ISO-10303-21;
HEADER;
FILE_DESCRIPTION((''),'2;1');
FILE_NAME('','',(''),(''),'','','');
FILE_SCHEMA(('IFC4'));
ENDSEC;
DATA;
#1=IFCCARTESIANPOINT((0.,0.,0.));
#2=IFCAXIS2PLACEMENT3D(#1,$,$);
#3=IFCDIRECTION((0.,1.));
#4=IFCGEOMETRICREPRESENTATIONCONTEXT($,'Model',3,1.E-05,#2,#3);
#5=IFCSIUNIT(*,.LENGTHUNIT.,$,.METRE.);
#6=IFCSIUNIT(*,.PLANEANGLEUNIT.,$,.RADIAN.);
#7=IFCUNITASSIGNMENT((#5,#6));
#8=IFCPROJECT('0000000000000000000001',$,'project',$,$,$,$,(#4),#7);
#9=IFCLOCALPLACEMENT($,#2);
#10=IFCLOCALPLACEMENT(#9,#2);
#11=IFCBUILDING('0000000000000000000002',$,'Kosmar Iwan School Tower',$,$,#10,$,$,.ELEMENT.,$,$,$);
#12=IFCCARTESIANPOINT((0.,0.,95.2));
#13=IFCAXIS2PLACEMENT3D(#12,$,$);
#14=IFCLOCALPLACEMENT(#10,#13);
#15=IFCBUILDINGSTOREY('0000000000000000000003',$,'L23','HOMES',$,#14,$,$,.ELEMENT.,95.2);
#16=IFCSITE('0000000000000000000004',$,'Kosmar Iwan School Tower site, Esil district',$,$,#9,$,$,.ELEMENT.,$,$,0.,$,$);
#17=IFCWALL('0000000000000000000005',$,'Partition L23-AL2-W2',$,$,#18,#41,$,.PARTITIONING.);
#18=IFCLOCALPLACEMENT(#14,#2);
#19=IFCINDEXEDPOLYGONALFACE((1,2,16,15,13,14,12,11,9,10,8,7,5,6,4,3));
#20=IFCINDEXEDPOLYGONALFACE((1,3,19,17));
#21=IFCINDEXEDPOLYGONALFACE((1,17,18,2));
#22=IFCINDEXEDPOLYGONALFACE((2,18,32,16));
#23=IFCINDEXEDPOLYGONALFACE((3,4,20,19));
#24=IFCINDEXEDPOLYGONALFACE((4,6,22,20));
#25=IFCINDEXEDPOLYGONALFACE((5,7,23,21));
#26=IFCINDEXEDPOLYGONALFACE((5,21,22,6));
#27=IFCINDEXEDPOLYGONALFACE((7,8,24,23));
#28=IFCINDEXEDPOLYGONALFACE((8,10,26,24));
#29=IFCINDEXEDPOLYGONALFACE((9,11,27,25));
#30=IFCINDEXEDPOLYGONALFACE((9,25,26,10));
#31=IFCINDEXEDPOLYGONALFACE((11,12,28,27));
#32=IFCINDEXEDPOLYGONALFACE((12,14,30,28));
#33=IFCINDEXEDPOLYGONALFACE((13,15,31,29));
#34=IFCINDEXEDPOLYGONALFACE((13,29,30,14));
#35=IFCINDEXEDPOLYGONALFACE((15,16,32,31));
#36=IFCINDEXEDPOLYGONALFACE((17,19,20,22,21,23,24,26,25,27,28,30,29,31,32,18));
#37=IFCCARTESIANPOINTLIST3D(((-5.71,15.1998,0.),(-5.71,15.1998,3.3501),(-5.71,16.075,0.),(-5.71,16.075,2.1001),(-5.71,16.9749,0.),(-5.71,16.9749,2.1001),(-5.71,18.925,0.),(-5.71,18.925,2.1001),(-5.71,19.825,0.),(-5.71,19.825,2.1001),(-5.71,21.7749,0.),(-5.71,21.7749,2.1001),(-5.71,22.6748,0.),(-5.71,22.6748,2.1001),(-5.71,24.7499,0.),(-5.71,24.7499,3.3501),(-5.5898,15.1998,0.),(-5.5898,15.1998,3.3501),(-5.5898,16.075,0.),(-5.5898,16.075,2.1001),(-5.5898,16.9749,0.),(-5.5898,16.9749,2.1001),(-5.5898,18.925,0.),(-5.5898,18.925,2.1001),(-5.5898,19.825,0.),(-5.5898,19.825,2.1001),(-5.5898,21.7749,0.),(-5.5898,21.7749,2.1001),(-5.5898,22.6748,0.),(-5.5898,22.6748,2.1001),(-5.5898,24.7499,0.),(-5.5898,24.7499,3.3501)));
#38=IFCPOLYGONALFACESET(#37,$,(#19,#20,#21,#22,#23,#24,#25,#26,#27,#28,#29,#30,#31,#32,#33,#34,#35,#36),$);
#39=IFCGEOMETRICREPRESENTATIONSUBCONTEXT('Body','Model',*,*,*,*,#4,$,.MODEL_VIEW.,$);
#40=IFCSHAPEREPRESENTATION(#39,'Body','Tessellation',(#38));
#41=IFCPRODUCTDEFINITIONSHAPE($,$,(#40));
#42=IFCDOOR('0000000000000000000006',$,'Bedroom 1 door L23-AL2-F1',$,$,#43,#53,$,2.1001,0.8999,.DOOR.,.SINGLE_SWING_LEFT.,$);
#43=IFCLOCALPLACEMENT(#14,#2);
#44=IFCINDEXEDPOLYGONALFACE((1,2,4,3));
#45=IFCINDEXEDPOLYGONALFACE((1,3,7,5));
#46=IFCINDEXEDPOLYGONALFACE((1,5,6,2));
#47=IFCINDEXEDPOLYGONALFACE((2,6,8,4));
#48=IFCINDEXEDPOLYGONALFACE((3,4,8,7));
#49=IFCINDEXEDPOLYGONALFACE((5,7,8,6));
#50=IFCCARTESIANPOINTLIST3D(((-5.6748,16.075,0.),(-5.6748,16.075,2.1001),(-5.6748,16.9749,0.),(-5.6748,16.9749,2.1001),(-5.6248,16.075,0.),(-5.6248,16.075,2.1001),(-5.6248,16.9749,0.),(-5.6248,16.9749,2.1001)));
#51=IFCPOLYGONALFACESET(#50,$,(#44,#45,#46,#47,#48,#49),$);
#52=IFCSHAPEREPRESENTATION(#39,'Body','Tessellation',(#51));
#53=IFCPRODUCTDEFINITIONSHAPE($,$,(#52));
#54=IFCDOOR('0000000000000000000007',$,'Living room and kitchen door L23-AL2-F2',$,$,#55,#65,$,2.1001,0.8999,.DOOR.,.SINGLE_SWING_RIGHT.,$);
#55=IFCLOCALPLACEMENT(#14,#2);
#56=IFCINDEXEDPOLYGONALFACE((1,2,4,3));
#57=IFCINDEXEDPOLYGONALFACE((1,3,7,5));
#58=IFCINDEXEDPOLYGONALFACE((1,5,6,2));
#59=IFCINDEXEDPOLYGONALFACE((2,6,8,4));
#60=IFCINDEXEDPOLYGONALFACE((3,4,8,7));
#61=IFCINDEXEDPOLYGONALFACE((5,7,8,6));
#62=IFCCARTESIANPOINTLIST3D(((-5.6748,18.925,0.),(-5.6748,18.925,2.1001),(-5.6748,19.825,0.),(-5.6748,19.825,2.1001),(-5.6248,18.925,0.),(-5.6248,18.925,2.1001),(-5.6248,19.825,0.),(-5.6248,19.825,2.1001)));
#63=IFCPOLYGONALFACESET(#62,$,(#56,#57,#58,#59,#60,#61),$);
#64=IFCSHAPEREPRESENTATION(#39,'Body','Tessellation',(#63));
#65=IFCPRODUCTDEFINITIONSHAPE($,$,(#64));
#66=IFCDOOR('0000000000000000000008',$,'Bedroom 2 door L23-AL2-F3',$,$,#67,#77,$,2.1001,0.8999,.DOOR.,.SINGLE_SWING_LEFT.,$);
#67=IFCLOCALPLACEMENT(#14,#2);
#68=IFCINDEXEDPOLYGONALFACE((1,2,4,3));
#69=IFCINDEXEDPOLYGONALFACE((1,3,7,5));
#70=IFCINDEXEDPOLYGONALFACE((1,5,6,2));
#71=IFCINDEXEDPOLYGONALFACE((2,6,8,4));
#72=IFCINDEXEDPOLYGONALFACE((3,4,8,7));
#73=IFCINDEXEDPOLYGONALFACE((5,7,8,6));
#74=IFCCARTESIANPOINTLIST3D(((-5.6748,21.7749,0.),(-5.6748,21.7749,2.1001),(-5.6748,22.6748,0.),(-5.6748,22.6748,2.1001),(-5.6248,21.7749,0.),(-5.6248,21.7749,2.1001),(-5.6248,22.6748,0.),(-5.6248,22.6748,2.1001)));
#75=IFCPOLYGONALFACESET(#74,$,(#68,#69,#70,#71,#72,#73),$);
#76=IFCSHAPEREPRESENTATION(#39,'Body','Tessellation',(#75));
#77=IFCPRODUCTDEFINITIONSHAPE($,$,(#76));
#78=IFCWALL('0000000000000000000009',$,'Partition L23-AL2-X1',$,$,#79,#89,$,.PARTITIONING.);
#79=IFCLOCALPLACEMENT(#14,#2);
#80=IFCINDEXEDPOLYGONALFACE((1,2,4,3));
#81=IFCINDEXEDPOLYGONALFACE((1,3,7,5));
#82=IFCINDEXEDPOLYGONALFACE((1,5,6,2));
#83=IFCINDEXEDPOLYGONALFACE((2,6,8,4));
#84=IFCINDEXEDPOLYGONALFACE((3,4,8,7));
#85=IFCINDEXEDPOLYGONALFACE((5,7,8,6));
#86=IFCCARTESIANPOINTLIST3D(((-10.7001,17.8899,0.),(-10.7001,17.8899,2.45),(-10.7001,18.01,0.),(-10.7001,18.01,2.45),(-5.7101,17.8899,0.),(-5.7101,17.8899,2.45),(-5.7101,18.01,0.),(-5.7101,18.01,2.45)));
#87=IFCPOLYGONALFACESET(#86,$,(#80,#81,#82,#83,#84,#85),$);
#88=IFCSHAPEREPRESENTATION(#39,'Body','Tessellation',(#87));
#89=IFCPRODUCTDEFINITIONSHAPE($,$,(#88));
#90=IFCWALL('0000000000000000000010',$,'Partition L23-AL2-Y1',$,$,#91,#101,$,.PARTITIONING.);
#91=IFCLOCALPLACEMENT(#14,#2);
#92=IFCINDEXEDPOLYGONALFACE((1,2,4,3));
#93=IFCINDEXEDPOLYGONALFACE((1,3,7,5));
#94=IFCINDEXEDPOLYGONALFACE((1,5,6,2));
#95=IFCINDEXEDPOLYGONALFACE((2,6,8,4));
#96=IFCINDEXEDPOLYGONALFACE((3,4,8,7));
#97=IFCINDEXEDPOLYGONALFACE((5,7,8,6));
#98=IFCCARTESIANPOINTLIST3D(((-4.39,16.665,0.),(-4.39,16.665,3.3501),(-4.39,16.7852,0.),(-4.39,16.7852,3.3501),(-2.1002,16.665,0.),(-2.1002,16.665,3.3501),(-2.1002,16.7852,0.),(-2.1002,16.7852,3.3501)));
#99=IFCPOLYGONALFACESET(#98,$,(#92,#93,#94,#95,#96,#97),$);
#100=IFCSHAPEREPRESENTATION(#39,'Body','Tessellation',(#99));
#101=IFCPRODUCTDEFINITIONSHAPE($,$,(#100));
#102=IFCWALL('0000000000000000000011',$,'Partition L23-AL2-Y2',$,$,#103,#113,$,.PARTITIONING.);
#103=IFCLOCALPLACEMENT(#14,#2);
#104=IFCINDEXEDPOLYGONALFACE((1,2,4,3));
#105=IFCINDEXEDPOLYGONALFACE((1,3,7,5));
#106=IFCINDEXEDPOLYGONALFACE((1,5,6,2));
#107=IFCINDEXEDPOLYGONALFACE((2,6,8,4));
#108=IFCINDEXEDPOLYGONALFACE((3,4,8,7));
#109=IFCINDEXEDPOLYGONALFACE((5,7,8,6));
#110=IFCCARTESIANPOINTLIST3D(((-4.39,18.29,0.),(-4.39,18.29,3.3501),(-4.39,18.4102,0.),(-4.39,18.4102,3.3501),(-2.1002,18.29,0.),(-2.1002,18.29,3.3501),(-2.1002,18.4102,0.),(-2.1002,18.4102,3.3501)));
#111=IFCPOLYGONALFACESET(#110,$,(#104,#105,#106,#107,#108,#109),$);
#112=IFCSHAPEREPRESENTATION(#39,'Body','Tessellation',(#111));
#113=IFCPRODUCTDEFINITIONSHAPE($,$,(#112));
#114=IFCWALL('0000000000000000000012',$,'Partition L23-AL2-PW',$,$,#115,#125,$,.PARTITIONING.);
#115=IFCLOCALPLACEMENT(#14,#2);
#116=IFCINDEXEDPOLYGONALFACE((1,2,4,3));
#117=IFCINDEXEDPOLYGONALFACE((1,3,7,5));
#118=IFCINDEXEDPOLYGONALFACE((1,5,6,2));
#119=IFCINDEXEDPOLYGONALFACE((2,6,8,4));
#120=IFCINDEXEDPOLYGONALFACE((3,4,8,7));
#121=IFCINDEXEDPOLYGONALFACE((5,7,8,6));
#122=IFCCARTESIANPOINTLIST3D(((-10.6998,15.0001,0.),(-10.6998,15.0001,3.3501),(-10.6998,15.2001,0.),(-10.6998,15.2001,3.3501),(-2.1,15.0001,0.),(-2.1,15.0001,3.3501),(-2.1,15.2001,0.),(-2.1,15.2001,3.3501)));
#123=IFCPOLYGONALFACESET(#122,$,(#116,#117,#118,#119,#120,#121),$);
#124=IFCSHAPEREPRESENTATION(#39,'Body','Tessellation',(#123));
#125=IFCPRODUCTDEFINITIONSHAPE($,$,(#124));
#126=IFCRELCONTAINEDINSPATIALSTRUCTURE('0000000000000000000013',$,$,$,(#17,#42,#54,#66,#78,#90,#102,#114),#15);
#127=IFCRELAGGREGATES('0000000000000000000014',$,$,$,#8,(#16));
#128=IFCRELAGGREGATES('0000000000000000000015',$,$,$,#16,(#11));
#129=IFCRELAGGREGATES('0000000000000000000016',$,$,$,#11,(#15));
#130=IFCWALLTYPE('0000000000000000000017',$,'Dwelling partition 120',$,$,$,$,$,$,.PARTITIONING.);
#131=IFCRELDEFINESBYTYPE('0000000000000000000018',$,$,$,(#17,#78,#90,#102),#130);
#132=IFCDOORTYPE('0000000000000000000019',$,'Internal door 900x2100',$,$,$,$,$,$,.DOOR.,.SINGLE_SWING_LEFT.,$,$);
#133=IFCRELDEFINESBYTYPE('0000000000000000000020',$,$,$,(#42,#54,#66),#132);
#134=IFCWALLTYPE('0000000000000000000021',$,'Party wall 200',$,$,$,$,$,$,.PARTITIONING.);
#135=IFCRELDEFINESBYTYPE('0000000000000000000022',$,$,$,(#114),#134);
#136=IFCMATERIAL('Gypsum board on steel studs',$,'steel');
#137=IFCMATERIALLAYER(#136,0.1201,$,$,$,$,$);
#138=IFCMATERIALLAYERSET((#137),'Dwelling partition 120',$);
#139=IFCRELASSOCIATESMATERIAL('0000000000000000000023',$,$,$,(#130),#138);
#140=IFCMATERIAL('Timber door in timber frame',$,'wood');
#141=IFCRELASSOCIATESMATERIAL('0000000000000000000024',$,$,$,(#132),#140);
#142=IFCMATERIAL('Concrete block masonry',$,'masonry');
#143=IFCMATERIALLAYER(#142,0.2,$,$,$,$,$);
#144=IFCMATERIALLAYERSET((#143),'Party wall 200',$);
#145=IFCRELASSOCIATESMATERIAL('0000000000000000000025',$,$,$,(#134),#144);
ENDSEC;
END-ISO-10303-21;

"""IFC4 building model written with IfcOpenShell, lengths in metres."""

from ifc_helpers import new_model, si_unit, direction, frame, frame_2d, origin, place, context, subcontext, project, spatial, rectangle, extrude, material, layer, layer_set, type_object, element, fill, save


model = new_model("IFC4")

# Units and contexts
model_context = context("Model", 3, precision=1e-05, world=origin(), true_north=direction((0.0, 1.0)))
body_context = subcontext(model_context, "Body", "Model", "MODEL_VIEW")
ifc_project = project(units=[si_unit("LENGTHUNIT", "METRE"), si_unit("PLANEANGLEUNIT", "RADIAN")], contexts=[model_context])

# Site, building, storey
site_placement = place(None, origin())
site = spatial("IfcSite", under=ifc_project, at=site_placement, Name="Kosmar Iwan School Tower site, Esil district", CompositionType="ELEMENT", RefElevation=0.0)
building_placement = place(site_placement, origin())
building = spatial("IfcBuilding", under=site, at=building_placement, Name="Kosmar Iwan School Tower", CompositionType="ELEMENT")
storey_placement = place(building_placement, frame((0.0, 0.0, 95.2)))
storey = spatial("IfcBuildingStorey", under=building, at=storey_placement, Name="L23", Description="HOMES", CompositionType="ELEMENT", Elevation=95.2)

# Shared definitions
ifc_material_1 = material(Name="Gypsum board on steel studs", Category="steel")
ifc_layer_1 = layer(ifc_material_1, 0.1201)
ifc_layer_set_1 = layer_set([ifc_layer_1], Name="Dwelling partition 120")
wall_type_1 = type_object("IfcWallType", Name="Dwelling partition 120", PredefinedType="PARTITIONING", material=ifc_layer_set_1)

# Wall, openings, doors
ifc_material_2 = material(Name="Timber door in timber frame", Category="wood")
door_type_1 = type_object("IfcDoorType", Name="Internal door 900x2100", OperationType="SINGLE_SWING_LEFT", PredefinedType="DOOR", material=ifc_material_2)
wall_1_placement = place(storey_placement, frame((-5.6499, 15.2, 0.0), z_axis=(0.0, 0.0, 1.0), x_axis=(0.0, 1.0, 0.0)))
wall_1 = element("IfcWall", 1, at=wall_1_placement, inside=storey, type_object=wall_type_1, Name="Partition L23-AL2-W2", PredefinedType="PARTITIONING", context=body_context, shape_type="SweptSolid", body=[
    extrude(rectangle(XDim=9.55, YDim=0.1201, at=frame_2d((4.7749, 0.0))), origin(), (0.0, 0.0, 1.0), 3.3501),
])
opening_1_placement = place(wall_1_placement, frame((0.875, 0.0, 0.0)))
opening_1 = element("IfcOpeningElement", 2, at=opening_1_placement, cuts=wall_1, PredefinedType="OPENING", context=body_context, shape_type="SweptSolid", body=[
    extrude(rectangle(XDim=0.8999, YDim=2.1001, at=frame_2d((0.45, 1.05))), frame((0.0, 0.072, 0.0), z_axis=(0.0, -1.0, 0.0), x_axis=(1.0, 0.0, 0.0)), (0.0, 0.0, 1.0), 0.144),
])
opening_2_placement = place(wall_1_placement, frame((3.7251, 0.0, 0.0)))
opening_2 = element("IfcOpeningElement", 3, at=opening_2_placement, cuts=wall_1, PredefinedType="OPENING", context=body_context, shape_type="SweptSolid", body=[
    extrude(rectangle(XDim=0.8999, YDim=2.1001, at=frame_2d((0.45, 1.05))), frame((0.0, 0.072, 0.0), z_axis=(0.0, -1.0, 0.0), x_axis=(1.0, 0.0, 0.0)), (0.0, 0.0, 1.0), 0.144),
])
opening_3_placement = place(wall_1_placement, frame((6.575, 0.0, 0.0)))
opening_3 = element("IfcOpeningElement", 4, at=opening_3_placement, cuts=wall_1, PredefinedType="OPENING", context=body_context, shape_type="SweptSolid", body=[
    extrude(rectangle(XDim=0.8999, YDim=2.1001, at=frame_2d((0.45, 1.05))), frame((0.0, 0.072, 0.0), z_axis=(0.0, -1.0, 0.0), x_axis=(1.0, 0.0, 0.0)), (0.0, 0.0, 1.0), 0.144),
])
door_1_placement = place(opening_1_placement, origin())
door_1 = element("IfcDoor", 5, at=door_1_placement, inside=storey, type_object=door_type_1, Name="Bedroom 1 door L23-AL2-F1", OperationType="SINGLE_SWING_LEFT", OverallHeight=2.1001, OverallWidth=0.8999, PredefinedType="DOOR", context=body_context, shape_type="SweptSolid", body=[
    extrude(rectangle(XDim=0.8999, YDim=2.1001, at=frame_2d((0.45, 1.05))), frame((0.0, 0.0249, 0.0), z_axis=(0.0, -1.0, 0.0), x_axis=(1.0, 0.0, 0.0)), (0.0, 0.0, 1.0), 0.05),
])
fill(opening_1, door_1)
door_2_placement = place(opening_2_placement, origin())
door_2 = element("IfcDoor", 6, at=door_2_placement, inside=storey, type_object=door_type_1, Name="Living room and kitchen door L23-AL2-F2", OperationType="SINGLE_SWING_RIGHT", OverallHeight=2.1001, OverallWidth=0.8999, PredefinedType="DOOR", context=body_context, shape_type="SweptSolid", body=[
    extrude(rectangle(XDim=0.8999, YDim=2.1001, at=frame_2d((0.45, 1.05))), frame((0.0, 0.0249, 0.0), z_axis=(0.0, -1.0, 0.0), x_axis=(1.0, 0.0, 0.0)), (0.0, 0.0, 1.0), 0.05),
])
fill(opening_2, door_2)
door_3_placement = place(opening_3_placement, origin())
door_3 = element("IfcDoor", 7, at=door_3_placement, inside=storey, type_object=door_type_1, Name="Bedroom 2 door L23-AL2-F3", OperationType="SINGLE_SWING_LEFT", OverallHeight=2.1001, OverallWidth=0.8999, PredefinedType="DOOR", context=body_context, shape_type="SweptSolid", body=[
    extrude(rectangle(XDim=0.8999, YDim=2.1001, at=frame_2d((0.45, 1.05))), frame((0.0, 0.0249, 0.0), z_axis=(0.0, -1.0, 0.0), x_axis=(1.0, 0.0, 0.0)), (0.0, 0.0, 1.0), 0.05),
])
fill(opening_3, door_3)

# Walls
wall_2_placement = place(storey_placement, frame((-5.71, 17.95, 0.0), z_axis=(0.0, 0.0, 1.0), x_axis=(-1.0, 0.0, 0.0)))
element("IfcWall", 8, at=wall_2_placement, inside=storey, type_object=wall_type_1, Name="Partition L23-AL2-X1", PredefinedType="PARTITIONING", context=body_context, shape_type="SweptSolid", body=[
    extrude(rectangle(XDim=4.99, YDim=0.1201, at=frame_2d((2.4951, 0.0))), origin(), (0.0, 0.0, 1.0), 2.45),
])
for number, where, z_axis, x_axis, name in (
    (9, (-2.1001, 16.7251, 0.0), (0.0, 0.0, 1.0), (-1.0, 0.0, 0.0), "Partition L23-AL2-Y1"),
    (10, (-2.1001, 18.3501, 0.0), (0.0, 0.0, 1.0), (-1.0, 0.0, 0.0), "Partition L23-AL2-Y2"),
):
    element("IfcWall", number, at=place(storey_placement, frame(where, z_axis=z_axis, x_axis=x_axis)), inside=storey, type_object=wall_type_1, Name=name, PredefinedType="PARTITIONING", context=body_context, shape_type="SweptSolid", body=[
        extrude(rectangle(XDim=2.2898, YDim=0.1201, at=frame_2d((1.145, 0.0))), origin(), (0.0, 0.0, 1.0), 3.3501),
    ])
ifc_material_3 = material(Name="Concrete block masonry", Category="masonry")
ifc_layer_2 = layer(ifc_material_3, 0.2)
ifc_layer_set_2 = layer_set([ifc_layer_2], Name="Party wall 200")
wall_type_2 = type_object("IfcWallType", Name="Party wall 200", PredefinedType="PARTITIONING", material=ifc_layer_set_2)
wall_3_placement = place(storey_placement, frame((-2.1001, 15.1001, 0.0), z_axis=(0.0, 0.0, 1.0), x_axis=(-1.0, 0.0, 0.0)))
element("IfcWall", 11, at=wall_3_placement, inside=storey, type_object=wall_type_2, Name="Partition L23-AL2-PW", PredefinedType="PARTITIONING", context=body_context, shape_type="SweptSolid", body=[
    extrude(rectangle(XDim=8.5999, YDim=0.2, at=frame_2d((4.2998, 0.0))), origin(), (0.0, 0.0, 1.0), 3.3501),
])

save(model, "model.ifc")
